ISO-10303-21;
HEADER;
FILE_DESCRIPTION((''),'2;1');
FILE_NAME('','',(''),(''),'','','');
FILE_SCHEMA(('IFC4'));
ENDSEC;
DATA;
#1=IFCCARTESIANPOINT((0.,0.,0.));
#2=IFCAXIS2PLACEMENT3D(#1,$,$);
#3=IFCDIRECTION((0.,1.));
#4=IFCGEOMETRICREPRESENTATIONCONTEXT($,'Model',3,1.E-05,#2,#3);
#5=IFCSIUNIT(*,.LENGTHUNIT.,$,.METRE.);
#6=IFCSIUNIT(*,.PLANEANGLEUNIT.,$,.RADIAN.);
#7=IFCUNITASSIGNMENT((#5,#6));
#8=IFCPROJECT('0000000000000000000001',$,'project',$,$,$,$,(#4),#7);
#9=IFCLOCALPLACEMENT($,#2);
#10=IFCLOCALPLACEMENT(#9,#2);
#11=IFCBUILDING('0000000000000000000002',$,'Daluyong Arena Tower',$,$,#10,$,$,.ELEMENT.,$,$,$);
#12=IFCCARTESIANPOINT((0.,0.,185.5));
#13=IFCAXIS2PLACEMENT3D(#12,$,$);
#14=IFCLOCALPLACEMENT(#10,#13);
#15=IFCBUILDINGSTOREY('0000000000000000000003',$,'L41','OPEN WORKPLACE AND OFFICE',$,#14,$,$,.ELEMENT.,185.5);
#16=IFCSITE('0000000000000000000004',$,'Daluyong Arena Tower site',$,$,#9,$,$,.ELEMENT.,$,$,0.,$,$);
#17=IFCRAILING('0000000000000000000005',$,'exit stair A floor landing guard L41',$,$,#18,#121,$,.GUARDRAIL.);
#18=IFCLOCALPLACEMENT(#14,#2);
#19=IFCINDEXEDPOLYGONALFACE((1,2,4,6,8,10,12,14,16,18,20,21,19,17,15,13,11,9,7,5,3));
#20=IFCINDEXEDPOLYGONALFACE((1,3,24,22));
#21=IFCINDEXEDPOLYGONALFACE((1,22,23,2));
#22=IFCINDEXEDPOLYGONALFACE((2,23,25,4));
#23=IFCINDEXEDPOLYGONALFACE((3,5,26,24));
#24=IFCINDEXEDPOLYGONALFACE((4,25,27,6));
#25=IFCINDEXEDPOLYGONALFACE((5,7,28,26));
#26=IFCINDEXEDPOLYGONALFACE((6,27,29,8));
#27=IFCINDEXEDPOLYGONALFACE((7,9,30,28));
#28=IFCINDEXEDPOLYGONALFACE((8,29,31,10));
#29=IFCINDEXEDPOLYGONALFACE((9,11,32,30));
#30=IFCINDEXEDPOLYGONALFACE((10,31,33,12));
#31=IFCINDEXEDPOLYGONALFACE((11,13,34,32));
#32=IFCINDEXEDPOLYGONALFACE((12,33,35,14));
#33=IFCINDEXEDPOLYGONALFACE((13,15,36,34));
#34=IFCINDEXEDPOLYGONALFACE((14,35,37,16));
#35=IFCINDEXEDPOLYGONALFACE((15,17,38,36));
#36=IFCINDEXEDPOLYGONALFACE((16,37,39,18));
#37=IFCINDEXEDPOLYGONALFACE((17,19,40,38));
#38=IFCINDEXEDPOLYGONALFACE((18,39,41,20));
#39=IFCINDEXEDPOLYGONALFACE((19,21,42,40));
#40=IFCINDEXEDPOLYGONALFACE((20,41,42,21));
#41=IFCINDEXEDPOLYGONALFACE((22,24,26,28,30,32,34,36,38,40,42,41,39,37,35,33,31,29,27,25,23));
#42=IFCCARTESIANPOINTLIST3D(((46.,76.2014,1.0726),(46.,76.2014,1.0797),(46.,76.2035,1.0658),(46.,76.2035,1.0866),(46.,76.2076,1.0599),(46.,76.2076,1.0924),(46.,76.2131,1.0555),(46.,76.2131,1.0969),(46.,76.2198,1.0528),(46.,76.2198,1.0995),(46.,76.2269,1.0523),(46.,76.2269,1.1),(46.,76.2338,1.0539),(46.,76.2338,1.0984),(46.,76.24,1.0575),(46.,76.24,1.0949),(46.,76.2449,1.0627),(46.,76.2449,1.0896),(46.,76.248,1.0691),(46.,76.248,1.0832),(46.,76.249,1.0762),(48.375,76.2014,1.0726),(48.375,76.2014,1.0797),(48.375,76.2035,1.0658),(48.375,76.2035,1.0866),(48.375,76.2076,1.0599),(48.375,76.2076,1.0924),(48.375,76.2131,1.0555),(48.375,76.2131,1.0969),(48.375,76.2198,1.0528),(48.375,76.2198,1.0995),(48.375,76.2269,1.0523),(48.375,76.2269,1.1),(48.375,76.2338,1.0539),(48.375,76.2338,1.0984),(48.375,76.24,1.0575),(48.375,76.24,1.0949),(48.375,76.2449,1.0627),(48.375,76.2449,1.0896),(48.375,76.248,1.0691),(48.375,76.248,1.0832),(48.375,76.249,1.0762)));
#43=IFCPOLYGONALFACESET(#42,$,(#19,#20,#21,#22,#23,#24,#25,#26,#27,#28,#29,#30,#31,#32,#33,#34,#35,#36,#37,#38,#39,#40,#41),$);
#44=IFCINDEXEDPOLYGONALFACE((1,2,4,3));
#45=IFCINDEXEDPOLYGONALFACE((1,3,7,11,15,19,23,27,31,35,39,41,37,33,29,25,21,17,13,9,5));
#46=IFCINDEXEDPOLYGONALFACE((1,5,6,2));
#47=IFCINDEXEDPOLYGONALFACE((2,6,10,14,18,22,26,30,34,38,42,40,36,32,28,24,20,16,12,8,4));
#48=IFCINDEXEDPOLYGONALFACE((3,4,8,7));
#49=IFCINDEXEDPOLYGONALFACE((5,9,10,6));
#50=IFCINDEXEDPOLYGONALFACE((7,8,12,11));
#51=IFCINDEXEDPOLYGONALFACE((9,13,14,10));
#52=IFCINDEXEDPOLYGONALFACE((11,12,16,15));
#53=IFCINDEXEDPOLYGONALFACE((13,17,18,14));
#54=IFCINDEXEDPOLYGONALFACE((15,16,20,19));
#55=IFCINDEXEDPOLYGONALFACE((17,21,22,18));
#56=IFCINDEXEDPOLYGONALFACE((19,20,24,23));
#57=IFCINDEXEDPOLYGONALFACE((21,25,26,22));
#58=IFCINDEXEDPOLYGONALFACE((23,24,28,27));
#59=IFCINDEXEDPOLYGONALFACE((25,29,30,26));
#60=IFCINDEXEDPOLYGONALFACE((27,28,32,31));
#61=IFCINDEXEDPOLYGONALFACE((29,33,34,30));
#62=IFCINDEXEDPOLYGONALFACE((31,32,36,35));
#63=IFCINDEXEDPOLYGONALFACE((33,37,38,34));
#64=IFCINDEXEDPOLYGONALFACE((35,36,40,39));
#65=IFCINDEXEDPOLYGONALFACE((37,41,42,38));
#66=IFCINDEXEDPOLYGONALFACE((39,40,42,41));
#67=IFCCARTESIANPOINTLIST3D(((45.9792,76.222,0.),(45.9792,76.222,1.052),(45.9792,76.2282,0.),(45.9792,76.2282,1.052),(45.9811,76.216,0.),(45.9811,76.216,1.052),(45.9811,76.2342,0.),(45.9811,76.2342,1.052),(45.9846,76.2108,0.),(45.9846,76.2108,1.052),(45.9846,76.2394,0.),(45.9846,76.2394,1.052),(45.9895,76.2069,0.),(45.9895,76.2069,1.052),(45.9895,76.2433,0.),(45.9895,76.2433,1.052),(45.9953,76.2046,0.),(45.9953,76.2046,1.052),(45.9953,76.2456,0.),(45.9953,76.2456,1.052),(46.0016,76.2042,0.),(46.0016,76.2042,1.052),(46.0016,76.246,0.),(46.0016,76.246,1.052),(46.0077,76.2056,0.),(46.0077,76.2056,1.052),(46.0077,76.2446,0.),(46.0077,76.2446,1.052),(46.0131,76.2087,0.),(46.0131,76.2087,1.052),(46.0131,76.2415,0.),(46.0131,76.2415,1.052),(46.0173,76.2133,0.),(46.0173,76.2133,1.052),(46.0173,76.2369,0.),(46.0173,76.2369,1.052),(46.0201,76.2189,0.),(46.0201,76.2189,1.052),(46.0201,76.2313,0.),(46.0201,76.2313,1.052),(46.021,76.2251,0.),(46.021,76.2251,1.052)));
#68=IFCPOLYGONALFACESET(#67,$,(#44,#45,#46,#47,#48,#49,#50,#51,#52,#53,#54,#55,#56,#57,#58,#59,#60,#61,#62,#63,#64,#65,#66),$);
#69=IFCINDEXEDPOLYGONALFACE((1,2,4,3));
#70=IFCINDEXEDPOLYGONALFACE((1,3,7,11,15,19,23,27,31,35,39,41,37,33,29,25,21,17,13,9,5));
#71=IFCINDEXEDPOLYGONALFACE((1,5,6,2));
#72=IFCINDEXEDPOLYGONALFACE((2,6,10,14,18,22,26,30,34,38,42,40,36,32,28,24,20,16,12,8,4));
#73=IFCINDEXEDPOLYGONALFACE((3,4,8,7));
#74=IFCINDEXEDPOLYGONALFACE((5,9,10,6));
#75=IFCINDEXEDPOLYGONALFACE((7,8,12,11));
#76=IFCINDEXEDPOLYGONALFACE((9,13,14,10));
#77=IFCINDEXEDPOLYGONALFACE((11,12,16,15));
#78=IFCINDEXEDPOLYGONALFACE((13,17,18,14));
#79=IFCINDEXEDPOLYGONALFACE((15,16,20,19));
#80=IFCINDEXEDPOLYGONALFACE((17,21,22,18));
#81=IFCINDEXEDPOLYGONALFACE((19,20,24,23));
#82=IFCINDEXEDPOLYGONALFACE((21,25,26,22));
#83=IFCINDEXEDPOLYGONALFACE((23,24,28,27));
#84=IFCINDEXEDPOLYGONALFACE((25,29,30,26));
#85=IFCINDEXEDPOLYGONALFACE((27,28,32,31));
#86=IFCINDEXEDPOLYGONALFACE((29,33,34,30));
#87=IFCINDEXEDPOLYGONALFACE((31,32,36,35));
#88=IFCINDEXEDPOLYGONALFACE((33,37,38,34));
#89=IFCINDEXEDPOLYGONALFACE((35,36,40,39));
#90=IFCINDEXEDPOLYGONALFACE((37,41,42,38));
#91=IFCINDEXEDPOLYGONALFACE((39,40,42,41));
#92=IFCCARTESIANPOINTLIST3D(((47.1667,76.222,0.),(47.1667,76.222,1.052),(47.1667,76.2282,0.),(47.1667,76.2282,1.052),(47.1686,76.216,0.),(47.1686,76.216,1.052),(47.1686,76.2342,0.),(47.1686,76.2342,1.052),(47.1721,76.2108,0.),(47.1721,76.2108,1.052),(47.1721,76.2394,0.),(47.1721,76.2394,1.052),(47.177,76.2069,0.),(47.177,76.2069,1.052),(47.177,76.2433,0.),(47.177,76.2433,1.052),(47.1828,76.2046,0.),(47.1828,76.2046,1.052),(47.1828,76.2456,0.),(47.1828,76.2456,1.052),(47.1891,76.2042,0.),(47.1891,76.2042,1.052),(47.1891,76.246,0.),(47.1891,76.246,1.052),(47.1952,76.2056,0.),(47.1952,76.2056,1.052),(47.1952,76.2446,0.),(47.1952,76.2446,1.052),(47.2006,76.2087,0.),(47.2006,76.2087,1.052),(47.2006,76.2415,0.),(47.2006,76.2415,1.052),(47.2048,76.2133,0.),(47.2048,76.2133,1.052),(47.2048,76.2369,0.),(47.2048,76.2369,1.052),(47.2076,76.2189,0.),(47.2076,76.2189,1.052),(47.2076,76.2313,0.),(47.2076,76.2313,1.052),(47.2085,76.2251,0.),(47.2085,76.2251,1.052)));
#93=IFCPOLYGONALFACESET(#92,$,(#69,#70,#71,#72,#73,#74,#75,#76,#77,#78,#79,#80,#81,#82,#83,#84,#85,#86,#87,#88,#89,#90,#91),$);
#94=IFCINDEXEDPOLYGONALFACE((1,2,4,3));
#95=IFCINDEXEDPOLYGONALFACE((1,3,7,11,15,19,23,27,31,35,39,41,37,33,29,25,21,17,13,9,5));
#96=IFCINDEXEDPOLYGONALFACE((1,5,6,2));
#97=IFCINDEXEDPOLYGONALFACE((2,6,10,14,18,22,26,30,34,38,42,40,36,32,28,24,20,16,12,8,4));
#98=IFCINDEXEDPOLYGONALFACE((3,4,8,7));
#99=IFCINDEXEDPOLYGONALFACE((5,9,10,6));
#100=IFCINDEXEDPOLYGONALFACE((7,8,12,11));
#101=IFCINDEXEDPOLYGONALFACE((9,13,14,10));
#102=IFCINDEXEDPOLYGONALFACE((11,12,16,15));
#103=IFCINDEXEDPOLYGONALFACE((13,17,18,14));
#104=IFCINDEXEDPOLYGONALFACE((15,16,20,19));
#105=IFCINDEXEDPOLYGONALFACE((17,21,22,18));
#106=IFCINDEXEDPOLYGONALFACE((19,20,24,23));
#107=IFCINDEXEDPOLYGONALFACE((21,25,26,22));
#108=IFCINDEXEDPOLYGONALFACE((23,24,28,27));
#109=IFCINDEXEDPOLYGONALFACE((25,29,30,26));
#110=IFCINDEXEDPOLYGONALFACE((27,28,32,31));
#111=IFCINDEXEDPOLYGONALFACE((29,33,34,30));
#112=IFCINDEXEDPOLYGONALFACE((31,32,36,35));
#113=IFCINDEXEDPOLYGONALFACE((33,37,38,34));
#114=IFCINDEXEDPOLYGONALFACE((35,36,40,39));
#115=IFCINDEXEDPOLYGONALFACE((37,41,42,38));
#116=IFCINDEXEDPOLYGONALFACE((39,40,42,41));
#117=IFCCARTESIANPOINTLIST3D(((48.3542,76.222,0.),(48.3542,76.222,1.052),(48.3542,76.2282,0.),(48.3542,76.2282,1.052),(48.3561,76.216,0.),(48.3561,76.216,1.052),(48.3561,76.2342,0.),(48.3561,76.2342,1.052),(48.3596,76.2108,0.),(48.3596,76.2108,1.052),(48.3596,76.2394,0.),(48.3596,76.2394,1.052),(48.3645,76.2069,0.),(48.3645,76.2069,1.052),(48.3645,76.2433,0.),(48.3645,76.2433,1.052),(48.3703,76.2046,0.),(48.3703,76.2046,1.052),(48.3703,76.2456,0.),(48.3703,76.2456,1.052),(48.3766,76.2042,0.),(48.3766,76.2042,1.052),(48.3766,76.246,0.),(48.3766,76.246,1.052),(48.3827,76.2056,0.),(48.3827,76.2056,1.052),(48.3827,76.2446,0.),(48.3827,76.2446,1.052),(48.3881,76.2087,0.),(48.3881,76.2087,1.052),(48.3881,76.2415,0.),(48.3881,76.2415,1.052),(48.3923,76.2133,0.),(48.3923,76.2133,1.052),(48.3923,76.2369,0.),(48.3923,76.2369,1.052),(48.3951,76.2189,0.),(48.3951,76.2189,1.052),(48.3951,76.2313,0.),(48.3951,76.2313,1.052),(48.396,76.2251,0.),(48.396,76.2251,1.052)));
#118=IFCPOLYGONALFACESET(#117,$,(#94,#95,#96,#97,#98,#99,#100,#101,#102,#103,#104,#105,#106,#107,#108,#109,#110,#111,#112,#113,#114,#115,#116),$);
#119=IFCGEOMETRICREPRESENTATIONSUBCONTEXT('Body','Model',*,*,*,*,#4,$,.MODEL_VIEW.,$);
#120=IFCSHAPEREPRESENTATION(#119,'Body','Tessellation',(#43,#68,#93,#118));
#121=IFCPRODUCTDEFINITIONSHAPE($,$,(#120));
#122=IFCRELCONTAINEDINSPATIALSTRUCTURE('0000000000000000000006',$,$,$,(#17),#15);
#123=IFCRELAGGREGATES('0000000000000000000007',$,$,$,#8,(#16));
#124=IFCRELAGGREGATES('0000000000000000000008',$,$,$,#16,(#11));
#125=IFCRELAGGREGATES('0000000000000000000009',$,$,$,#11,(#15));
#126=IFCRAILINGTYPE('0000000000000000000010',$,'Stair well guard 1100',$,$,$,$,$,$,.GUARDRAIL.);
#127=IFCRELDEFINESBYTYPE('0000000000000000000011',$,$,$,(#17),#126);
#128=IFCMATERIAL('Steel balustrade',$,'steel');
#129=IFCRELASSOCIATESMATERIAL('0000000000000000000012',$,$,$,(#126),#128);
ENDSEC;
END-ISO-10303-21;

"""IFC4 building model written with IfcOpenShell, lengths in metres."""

from ifc_helpers import new_model, si_unit, direction, frame, origin, origin_2d, place, context, subcontext, project, spatial, circle, extrude, material, type_object, element, save


model = new_model("IFC4")

# Units and contexts
model_context = context("Model", 3, precision=1e-05, world=origin(), true_north=direction((0.0, 1.0)))
body_context = subcontext(model_context, "Body", "Model", "MODEL_VIEW")
ifc_project = project(units=[si_unit("LENGTHUNIT", "METRE"), si_unit("PLANEANGLEUNIT", "RADIAN")], contexts=[model_context])

# Site, building, storey
site_placement = place(None, origin())
site = spatial("IfcSite", under=ifc_project, at=site_placement, Name="Daluyong Arena Tower site", CompositionType="ELEMENT", RefElevation=0.0)
building_placement = place(site_placement, origin())
building = spatial("IfcBuilding", under=site, at=building_placement, Name="Daluyong Arena Tower", CompositionType="ELEMENT")
storey_placement = place(building_placement, frame((0.0, 0.0, 185.5)))
storey = spatial("IfcBuildingStorey", under=building, at=storey_placement, Name="L41", Description="OPEN WORKPLACE AND OFFICE", CompositionType="ELEMENT", Elevation=185.5)

# Railing
ifc_material_1 = material(Name="Steel balustrade", Category="steel")
railing_type_1 = type_object("IfcRailingType", Name="Stair well guard 1100", PredefinedType="GUARDRAIL", material=ifc_material_1)
railing_1_placement = place(storey_placement, frame((46.0, 76.2251, 0.0)))
element("IfcRailing", 1, at=railing_1_placement, inside=storey, type_object=railing_type_1, Name="exit stair A floor landing guard L41", PredefinedType="GUARDRAIL", context=body_context, shape_type="SweptSolid", body=[
    extrude(circle(Radius=0.0239, at=origin_2d()), frame((0.0, 0.0, 1.0762), z_axis=(1.0, 0.0, 0.0), x_axis=(0.0, 1.0, 0.0)), (0.0, 0.0, 1.0), 2.375),
    extrude(circle(Radius=0.021, at=origin_2d()), origin(), (0.0, 0.0, 1.0), 1.052),
    extrude(circle(Radius=0.021, at=origin_2d()), frame((1.1875, 0.0, 0.0)), (0.0, 0.0, 1.0), 1.052),
    extrude(circle(Radius=0.021, at=origin_2d()), frame((2.375, 0.0, 0.0)), (0.0, 0.0, 1.0), 1.052),
])

save(model, "model.ifc")
